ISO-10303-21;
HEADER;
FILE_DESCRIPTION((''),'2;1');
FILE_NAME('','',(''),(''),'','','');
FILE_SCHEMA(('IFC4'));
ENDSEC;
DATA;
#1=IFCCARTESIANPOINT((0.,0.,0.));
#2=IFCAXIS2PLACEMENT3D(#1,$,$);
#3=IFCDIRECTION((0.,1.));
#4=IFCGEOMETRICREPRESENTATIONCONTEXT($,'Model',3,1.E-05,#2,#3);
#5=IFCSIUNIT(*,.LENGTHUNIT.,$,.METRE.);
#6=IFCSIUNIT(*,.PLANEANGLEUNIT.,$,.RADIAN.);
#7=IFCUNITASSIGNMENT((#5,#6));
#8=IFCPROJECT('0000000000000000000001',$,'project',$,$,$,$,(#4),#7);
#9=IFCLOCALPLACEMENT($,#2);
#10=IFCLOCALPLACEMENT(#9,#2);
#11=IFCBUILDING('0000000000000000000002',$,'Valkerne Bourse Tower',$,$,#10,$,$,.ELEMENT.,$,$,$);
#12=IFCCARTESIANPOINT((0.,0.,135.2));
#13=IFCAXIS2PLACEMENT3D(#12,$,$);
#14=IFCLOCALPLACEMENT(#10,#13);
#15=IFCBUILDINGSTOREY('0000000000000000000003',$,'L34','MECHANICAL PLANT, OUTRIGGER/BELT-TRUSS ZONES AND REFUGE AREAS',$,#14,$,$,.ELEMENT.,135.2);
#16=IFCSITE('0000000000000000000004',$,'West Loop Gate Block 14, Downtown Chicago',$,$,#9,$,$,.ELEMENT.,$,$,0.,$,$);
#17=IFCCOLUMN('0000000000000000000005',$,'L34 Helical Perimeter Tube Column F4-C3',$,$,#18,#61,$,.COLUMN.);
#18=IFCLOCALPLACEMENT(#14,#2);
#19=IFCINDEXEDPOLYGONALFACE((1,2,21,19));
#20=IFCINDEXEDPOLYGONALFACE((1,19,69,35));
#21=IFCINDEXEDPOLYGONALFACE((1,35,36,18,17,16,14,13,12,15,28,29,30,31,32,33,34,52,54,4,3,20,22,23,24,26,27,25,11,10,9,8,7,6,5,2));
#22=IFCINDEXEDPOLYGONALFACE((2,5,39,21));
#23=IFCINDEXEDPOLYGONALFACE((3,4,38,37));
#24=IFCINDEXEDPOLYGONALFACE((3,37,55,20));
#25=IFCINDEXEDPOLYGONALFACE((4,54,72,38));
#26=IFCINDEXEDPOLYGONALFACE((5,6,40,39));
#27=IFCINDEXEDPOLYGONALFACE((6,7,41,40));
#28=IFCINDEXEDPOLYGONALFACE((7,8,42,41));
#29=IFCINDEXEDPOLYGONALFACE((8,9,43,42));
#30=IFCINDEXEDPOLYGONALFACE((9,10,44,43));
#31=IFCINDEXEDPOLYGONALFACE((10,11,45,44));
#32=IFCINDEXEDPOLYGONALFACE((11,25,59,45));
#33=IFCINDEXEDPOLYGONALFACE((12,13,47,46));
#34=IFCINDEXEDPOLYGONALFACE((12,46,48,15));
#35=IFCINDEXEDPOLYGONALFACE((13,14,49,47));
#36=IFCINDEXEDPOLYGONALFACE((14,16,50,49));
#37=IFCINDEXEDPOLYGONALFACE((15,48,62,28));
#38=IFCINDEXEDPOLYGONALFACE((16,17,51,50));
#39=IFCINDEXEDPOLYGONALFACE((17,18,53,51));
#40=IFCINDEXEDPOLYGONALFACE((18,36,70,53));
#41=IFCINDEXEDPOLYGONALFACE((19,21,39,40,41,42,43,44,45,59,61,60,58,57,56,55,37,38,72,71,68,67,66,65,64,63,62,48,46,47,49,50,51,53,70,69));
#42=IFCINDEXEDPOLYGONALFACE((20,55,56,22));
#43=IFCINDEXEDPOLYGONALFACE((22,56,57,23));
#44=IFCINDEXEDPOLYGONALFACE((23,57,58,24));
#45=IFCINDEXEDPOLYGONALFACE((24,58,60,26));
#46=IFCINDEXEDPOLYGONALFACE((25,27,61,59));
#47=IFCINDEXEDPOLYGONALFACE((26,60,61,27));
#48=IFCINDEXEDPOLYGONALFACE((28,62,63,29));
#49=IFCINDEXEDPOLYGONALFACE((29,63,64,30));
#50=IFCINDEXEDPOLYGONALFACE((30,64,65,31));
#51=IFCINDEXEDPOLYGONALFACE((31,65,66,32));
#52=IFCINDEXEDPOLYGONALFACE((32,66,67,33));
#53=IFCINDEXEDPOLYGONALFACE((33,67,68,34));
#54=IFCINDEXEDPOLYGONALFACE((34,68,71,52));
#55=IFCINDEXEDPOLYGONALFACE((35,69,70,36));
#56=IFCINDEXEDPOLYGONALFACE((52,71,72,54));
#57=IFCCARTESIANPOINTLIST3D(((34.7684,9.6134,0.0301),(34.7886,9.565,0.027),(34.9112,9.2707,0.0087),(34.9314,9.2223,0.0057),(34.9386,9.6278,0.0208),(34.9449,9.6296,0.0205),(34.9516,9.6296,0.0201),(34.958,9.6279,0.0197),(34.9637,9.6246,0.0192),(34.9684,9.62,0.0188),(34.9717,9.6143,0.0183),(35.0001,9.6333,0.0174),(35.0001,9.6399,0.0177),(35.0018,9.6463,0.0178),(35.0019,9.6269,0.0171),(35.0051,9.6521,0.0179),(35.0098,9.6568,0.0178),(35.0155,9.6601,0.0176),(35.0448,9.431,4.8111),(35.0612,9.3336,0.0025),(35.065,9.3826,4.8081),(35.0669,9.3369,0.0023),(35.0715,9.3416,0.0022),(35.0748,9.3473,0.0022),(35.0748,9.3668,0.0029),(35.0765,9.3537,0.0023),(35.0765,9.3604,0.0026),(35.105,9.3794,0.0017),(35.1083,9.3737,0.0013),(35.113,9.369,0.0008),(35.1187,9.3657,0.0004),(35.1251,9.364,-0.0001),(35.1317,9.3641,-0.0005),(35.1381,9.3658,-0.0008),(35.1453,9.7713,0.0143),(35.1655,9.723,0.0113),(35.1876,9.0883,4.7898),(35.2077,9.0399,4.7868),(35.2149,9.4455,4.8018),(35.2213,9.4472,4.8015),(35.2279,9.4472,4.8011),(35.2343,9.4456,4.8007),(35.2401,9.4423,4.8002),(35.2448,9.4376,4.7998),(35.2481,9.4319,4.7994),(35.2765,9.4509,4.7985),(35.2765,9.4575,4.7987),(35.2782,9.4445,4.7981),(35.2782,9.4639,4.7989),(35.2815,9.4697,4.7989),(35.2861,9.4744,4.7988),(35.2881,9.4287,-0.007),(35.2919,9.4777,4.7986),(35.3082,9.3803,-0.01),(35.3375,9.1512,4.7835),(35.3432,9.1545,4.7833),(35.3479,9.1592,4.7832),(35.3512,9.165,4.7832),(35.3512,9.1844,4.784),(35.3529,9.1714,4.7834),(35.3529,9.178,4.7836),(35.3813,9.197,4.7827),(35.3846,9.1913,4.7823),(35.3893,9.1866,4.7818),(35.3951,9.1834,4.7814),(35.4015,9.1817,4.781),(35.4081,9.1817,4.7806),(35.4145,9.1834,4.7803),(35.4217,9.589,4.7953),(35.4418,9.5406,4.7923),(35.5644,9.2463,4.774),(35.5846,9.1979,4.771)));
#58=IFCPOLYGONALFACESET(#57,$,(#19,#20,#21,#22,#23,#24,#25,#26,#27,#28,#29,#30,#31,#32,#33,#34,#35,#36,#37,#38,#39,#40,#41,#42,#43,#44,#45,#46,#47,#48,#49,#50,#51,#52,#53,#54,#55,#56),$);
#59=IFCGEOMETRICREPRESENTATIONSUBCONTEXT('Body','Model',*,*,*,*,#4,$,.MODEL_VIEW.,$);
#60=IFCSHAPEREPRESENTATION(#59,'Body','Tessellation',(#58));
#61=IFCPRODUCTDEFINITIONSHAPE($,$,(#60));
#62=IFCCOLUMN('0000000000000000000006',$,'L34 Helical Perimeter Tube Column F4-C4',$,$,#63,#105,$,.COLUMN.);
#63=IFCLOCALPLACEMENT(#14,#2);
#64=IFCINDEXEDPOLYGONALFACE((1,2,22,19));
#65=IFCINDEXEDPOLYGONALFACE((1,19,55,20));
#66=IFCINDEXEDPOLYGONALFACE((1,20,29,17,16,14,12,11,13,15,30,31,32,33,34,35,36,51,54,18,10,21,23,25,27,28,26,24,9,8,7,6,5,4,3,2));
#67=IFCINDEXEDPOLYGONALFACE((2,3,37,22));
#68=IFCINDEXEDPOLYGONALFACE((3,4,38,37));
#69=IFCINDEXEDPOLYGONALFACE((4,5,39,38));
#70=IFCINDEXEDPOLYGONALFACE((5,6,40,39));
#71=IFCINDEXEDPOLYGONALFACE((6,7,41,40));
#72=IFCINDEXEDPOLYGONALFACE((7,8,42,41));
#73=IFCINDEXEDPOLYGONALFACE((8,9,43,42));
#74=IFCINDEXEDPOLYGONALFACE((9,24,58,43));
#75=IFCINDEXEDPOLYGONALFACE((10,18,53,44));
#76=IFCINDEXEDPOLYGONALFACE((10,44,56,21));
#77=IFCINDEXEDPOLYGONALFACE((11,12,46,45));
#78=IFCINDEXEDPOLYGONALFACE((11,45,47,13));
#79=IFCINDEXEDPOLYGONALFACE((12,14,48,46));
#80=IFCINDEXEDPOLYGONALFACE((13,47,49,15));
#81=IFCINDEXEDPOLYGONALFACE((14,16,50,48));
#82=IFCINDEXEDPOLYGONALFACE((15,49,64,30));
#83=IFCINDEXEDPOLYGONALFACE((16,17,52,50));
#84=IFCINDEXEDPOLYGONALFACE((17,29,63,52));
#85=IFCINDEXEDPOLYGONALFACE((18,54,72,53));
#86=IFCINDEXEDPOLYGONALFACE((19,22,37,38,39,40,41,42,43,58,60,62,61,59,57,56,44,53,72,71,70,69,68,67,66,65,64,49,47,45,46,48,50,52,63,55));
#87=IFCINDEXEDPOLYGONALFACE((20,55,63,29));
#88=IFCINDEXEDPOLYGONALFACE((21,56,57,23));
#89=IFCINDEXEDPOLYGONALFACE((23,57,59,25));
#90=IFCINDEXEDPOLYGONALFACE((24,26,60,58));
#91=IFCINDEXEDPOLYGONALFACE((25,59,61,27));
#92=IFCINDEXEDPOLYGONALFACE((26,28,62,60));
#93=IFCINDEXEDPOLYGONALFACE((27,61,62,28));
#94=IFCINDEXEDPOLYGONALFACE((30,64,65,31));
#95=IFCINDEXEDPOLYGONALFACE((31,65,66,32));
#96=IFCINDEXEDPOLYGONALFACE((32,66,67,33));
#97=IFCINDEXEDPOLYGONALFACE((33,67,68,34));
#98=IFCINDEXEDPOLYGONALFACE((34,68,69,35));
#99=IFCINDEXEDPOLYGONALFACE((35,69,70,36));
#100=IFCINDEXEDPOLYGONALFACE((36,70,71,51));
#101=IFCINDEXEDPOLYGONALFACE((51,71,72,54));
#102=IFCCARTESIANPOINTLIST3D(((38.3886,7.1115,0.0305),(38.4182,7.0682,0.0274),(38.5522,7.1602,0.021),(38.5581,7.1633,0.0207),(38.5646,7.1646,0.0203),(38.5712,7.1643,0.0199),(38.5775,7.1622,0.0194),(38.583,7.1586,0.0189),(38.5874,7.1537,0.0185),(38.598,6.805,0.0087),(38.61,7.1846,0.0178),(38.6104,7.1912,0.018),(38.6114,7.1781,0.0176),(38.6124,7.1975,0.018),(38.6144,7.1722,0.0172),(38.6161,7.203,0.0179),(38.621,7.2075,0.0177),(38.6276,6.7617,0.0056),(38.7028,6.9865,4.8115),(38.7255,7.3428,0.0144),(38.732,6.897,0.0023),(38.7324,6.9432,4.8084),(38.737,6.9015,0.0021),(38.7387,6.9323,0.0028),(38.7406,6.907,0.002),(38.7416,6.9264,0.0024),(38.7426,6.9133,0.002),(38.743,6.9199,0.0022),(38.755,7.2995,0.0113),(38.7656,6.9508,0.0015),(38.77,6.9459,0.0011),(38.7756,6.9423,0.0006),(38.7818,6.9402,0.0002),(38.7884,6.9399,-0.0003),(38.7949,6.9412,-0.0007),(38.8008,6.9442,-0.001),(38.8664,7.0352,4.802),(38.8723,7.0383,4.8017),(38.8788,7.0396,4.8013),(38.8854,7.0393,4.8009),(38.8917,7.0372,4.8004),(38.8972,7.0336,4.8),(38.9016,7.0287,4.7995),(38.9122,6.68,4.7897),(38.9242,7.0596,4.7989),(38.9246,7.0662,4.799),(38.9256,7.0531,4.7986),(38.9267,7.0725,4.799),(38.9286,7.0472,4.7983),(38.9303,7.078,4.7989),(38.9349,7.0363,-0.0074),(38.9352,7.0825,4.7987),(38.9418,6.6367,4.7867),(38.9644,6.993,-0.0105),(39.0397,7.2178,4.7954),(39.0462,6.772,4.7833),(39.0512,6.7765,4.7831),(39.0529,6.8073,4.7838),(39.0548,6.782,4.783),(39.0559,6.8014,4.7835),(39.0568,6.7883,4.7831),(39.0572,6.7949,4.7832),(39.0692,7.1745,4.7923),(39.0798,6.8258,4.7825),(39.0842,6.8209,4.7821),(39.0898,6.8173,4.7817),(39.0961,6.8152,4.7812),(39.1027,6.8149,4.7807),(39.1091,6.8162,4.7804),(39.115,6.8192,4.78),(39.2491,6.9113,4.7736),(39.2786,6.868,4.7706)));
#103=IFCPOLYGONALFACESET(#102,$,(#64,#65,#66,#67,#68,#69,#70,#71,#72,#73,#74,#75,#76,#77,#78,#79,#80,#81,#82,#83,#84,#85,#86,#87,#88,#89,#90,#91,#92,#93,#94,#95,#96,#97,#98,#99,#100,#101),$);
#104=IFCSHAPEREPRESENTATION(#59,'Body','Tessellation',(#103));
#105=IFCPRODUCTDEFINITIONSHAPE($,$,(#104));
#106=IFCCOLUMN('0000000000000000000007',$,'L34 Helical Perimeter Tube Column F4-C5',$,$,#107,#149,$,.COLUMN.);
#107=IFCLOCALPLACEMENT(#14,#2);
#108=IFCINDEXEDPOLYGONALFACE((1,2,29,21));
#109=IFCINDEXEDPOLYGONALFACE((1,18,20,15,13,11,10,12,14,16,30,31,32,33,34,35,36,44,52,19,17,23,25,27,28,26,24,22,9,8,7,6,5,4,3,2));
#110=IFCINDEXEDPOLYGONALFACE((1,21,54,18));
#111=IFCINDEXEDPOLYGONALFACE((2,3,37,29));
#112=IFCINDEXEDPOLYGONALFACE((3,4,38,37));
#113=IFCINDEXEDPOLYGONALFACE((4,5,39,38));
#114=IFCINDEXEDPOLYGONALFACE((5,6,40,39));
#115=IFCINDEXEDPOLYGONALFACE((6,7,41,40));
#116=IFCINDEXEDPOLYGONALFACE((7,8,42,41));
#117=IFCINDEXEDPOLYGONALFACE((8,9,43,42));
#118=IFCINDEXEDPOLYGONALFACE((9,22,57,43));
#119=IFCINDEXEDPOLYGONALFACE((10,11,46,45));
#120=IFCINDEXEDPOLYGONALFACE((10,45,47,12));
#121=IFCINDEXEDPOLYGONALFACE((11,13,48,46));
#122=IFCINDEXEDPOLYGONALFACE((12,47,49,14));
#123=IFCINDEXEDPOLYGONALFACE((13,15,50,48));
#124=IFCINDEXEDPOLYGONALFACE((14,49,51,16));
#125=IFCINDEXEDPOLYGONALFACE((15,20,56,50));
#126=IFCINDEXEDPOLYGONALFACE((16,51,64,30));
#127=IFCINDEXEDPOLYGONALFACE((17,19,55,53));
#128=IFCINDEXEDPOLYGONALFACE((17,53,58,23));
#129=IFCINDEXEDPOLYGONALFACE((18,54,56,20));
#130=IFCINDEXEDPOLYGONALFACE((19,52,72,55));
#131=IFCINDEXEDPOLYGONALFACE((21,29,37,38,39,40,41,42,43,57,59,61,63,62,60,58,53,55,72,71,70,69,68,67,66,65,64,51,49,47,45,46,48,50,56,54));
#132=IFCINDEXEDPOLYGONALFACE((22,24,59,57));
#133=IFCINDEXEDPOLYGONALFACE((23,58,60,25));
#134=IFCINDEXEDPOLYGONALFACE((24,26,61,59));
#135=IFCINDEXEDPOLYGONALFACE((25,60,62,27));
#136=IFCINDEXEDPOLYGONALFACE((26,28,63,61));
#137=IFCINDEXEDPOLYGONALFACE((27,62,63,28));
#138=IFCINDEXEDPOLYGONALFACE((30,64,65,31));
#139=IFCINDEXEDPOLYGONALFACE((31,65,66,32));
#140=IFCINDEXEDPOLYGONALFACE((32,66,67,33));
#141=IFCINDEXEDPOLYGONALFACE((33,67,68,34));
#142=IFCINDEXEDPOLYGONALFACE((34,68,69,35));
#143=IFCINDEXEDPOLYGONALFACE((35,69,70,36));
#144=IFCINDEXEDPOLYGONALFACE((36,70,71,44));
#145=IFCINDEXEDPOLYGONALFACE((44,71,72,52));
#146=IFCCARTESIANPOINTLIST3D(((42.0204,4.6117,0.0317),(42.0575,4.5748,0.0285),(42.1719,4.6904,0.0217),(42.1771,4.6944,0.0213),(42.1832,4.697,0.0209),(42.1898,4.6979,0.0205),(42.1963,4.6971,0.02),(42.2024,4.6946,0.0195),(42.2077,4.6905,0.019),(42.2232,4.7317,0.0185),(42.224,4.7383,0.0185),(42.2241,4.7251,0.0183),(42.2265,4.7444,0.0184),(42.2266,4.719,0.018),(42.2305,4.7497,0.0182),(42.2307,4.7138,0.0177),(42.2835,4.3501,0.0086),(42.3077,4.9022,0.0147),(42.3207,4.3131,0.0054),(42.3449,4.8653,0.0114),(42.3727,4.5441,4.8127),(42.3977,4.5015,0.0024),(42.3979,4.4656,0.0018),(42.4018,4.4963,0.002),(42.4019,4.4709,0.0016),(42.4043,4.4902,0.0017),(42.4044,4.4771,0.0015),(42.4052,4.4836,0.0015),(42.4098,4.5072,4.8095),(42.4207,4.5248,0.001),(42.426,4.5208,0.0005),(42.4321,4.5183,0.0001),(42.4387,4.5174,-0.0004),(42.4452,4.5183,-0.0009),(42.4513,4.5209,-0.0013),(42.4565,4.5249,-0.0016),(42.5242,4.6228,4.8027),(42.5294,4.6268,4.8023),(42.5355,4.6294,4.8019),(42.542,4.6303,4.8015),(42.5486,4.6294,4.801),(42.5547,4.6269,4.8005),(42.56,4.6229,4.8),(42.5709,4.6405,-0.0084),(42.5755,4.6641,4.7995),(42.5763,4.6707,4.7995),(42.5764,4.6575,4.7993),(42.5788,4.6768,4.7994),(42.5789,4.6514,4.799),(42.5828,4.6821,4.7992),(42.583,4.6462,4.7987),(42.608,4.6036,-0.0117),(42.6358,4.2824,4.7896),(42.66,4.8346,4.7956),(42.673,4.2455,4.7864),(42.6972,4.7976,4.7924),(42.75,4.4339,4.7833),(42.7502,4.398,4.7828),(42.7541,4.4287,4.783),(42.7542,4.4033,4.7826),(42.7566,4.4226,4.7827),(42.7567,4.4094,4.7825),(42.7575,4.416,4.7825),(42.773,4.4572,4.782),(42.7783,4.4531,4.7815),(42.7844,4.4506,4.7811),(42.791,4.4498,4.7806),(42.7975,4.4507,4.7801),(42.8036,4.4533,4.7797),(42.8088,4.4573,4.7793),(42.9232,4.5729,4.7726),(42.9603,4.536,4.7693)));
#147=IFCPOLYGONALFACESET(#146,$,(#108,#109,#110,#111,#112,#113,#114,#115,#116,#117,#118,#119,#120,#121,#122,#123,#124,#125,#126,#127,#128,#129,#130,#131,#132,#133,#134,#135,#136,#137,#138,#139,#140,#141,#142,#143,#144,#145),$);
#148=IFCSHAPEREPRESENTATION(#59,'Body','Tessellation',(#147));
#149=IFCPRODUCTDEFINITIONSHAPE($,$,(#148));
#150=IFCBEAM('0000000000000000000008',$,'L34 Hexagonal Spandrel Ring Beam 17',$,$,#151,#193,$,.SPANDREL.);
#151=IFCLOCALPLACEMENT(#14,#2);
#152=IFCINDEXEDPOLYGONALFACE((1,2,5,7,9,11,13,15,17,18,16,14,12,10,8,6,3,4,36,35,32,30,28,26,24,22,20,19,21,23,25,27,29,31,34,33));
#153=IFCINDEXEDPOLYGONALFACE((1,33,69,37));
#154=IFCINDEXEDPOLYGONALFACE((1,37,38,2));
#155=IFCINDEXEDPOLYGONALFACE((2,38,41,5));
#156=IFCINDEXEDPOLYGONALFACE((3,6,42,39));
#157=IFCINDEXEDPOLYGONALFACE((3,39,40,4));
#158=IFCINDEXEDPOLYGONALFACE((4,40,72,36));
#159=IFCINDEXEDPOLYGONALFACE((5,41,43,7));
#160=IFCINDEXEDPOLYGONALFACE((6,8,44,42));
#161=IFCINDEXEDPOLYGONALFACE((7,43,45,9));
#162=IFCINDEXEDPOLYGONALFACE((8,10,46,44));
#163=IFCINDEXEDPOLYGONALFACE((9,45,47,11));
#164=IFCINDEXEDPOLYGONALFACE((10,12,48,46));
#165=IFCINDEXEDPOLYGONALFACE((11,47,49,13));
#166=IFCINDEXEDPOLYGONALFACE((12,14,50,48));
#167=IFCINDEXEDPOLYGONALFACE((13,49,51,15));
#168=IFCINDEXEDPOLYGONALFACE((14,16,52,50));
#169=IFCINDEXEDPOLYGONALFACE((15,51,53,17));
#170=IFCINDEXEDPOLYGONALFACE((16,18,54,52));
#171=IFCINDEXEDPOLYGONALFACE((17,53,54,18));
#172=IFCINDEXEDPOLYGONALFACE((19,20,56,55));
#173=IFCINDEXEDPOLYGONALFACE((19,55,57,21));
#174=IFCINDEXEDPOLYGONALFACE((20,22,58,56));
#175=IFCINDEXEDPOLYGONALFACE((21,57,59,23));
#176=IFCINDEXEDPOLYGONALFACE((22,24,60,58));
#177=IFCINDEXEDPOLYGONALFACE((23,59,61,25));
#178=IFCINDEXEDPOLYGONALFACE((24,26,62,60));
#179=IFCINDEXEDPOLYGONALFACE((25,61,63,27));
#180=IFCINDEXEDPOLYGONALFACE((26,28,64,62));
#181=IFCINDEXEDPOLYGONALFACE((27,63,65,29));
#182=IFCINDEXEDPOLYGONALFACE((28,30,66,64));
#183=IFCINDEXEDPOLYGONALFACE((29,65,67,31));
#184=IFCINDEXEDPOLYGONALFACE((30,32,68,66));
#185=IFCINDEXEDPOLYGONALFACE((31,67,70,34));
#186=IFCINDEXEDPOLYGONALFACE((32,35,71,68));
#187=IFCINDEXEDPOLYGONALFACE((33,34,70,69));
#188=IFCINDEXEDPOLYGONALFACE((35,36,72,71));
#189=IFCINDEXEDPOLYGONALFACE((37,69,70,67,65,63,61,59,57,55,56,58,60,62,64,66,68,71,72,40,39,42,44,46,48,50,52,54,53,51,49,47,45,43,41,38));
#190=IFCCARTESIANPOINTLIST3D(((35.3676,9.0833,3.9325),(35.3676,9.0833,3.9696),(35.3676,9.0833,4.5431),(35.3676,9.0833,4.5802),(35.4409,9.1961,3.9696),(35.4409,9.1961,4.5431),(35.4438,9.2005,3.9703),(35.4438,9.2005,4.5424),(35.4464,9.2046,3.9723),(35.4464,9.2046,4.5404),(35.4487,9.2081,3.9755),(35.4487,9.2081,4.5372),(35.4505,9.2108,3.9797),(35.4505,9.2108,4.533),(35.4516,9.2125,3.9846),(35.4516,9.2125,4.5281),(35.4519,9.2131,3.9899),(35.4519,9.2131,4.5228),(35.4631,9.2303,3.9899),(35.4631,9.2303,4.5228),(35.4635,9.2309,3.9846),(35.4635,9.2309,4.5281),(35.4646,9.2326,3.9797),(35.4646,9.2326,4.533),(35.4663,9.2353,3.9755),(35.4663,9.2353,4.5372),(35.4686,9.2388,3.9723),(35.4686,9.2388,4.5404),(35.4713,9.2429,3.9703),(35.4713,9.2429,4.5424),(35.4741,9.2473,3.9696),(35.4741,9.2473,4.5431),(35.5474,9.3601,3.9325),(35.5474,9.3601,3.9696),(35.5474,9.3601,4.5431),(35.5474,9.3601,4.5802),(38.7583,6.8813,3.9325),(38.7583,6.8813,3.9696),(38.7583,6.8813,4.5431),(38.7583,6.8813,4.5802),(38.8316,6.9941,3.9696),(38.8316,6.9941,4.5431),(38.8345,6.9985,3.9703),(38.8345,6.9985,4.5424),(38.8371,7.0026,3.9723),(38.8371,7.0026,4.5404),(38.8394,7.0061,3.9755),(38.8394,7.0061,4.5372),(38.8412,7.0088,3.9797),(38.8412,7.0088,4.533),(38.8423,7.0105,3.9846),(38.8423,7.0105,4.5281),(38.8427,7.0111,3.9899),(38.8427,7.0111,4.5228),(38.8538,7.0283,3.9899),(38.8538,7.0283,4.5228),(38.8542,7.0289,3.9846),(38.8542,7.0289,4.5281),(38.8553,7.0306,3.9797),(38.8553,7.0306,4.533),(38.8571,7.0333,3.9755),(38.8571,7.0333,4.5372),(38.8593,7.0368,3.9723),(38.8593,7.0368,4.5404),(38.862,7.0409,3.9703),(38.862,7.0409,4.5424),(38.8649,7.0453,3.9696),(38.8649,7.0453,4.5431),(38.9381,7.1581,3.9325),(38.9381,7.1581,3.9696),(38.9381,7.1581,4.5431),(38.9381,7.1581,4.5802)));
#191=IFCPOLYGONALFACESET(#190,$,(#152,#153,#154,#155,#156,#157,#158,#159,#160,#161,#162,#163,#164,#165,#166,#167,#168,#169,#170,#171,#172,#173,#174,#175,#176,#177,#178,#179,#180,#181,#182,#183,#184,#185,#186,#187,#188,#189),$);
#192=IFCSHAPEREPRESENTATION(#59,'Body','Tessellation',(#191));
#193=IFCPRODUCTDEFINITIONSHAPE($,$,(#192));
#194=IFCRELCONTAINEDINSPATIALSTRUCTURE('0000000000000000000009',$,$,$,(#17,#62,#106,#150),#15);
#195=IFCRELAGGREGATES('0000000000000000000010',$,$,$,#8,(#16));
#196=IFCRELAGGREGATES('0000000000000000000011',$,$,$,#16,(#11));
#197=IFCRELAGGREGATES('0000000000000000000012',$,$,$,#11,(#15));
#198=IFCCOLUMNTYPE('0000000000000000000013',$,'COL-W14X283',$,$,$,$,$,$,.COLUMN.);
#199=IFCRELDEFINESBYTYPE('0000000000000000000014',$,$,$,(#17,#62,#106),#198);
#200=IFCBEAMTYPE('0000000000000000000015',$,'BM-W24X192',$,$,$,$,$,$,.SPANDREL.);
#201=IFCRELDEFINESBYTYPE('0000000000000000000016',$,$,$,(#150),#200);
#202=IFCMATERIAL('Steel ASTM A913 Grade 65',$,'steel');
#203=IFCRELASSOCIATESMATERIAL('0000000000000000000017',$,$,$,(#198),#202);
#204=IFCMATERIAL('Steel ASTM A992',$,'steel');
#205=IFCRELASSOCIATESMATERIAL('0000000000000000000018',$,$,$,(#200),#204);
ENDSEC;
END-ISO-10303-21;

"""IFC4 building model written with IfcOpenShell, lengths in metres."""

from ifc_helpers import new_model, si_unit, direction, frame, origin, origin_2d, place, context, subcontext, project, spatial, i_section, extrude, material, material_profile, profile_set, type_object, element, save


model = new_model("IFC4")

# Units and contexts
model_context = context("Model", 3, precision=1e-05, world=origin(), true_north=direction((0.0, 1.0)))
body_context = subcontext(model_context, "Body", "Model", "MODEL_VIEW")
ifc_project = project(units=[si_unit("LENGTHUNIT", "METRE"), si_unit("PLANEANGLEUNIT", "RADIAN")], contexts=[model_context])

# Site, building, storey
site_placement = place(None, origin())
site = spatial("IfcSite", under=ifc_project, at=site_placement, Name="West Loop Gate Block 14, Downtown Chicago", CompositionType="ELEMENT", RefElevation=0.0)
building_placement = place(site_placement, origin())
building = spatial("IfcBuilding", under=site, at=building_placement, Name="Valkerne Bourse Tower", CompositionType="ELEMENT")
storey_placement = place(building_placement, frame((0.0, 0.0, 135.2)))
storey = spatial("IfcBuildingStorey", under=building, at=storey_placement, Name="L34", Description="MECHANICAL PLANT, OUTRIGGER/BELT-TRUSS ZONES AND REFUGE AREAS", CompositionType="ELEMENT", Elevation=135.2)

# Columns
ifc_material_1 = material(Name="Steel ASTM A913 Grade 65", Category="steel")
ifc_material_profile_1 = material_profile(ifc_material_1, i_section(OverallWidth=0.4089, OverallDepth=0.4243, WebThickness=0.0327, FlangeThickness=0.0525, FilletRadius=0.0254, at=origin_2d()), Name="W14X283")
ifc_profile_set_1 = profile_set([ifc_material_profile_1], Name="Steel ASTM A913 Grade 65")
column_type = type_object("IfcColumnType", Name="COL-W14X283", PredefinedType="COLUMN", material=ifc_profile_set_1)
column_1_placement = place(storey_placement, frame((35.0383, 9.4968, 0.01), z_axis=(0.057667, -0.038054, 0.99761), x_axis=(0.921564, 0.386309, -0.038535)))
element("IfcColumn", 1, at=column_1_placement, inside=storey, type_object=column_type, Name="L34 Helical Perimeter Tube Column F4-C3", PredefinedType="COLUMN", context=body_context, shape_type="SweptSolid", body=[
    extrude(i_section(OverallWidth=0.4089, OverallDepth=0.4243, WebThickness=0.0327, FlangeThickness=0.0525, FilletRadius=0.0254, at=origin_2d()), origin(), (0.0, 0.0, 1.0), 4.7925),
])
column_2_placement = place(storey_placement, frame((38.6765, 7.0522, 0.01), z_axis=(0.065556, -0.02608, 0.997508), x_axis=(0.823762, 0.565569, -0.039351)))
element("IfcColumn", 2, at=column_2_placement, inside=storey, type_object=column_type, Name="L34 Helical Perimeter Tube Column F4-C4", PredefinedType="COLUMN", context=body_context, shape_type="SweptSolid", body=[
    extrude(i_section(OverallWidth=0.4089, OverallDepth=0.4243, WebThickness=0.0327, FlangeThickness=0.0525, FilletRadius=0.0254, at=origin_2d()), origin(), (0.0, 0.0, 1.0), 4.793),
])
column_3_placement = place(storey_placement, frame((42.3142, 4.6077, 0.01), z_axis=(0.07348, -0.014105, 0.997197), x_axis=(0.702682, 0.710279, -0.041731)))
element("IfcColumn", 3, at=column_3_placement, inside=storey, type_object=column_type, Name="L34 Helical Perimeter Tube Column F4-C5", PredefinedType="COLUMN", context=body_context, shape_type="SweptSolid", body=[
    extrude(i_section(OverallWidth=0.4089, OverallDepth=0.4243, WebThickness=0.0327, FlangeThickness=0.0525, FilletRadius=0.0254, at=origin_2d()), origin(), (0.0, 0.0, 1.0), 4.7944),
])

# Beam
ifc_material_2 = material(Name="Steel ASTM A992", Category="steel")
ifc_material_profile_2 = material_profile(ifc_material_2, i_section(OverallWidth=0.3301, OverallDepth=0.6477, WebThickness=0.0205, FlangeThickness=0.0371, FilletRadius=0.0203, at=origin_2d()), Name="W24X192")
ifc_profile_set_2 = profile_set([ifc_material_profile_2], Name="Steel ASTM A992")
beam_type_1 = type_object("IfcBeamType", Name="BM-W24X192", PredefinedType="SPANDREL", material=ifc_profile_set_2)
for number, where, z_axis, x_axis, name in (
    (4, (35.4575, 9.2217, 4.2563), (0.83867, -0.54464, 0.0), (0.54464, 0.83867, 0.0), "L34 Hexagonal Spandrel Ring Beam 17"),
):
    element("IfcBeam", number, at=place(storey_placement, frame(where, z_axis=z_axis, x_axis=x_axis)), inside=storey, type_object=beam_type_1, Name=name, PredefinedType="SPANDREL", context=body_context, shape_type="SweptSolid", body=[
        extrude(i_section(OverallWidth=0.3301, OverallDepth=0.6477, WebThickness=0.0205, FlangeThickness=0.0371, FilletRadius=0.0203, at=origin_2d()), origin(), (0.0, 0.0, 1.0), 4.043),
    ])

save(model, "model.ifc")
